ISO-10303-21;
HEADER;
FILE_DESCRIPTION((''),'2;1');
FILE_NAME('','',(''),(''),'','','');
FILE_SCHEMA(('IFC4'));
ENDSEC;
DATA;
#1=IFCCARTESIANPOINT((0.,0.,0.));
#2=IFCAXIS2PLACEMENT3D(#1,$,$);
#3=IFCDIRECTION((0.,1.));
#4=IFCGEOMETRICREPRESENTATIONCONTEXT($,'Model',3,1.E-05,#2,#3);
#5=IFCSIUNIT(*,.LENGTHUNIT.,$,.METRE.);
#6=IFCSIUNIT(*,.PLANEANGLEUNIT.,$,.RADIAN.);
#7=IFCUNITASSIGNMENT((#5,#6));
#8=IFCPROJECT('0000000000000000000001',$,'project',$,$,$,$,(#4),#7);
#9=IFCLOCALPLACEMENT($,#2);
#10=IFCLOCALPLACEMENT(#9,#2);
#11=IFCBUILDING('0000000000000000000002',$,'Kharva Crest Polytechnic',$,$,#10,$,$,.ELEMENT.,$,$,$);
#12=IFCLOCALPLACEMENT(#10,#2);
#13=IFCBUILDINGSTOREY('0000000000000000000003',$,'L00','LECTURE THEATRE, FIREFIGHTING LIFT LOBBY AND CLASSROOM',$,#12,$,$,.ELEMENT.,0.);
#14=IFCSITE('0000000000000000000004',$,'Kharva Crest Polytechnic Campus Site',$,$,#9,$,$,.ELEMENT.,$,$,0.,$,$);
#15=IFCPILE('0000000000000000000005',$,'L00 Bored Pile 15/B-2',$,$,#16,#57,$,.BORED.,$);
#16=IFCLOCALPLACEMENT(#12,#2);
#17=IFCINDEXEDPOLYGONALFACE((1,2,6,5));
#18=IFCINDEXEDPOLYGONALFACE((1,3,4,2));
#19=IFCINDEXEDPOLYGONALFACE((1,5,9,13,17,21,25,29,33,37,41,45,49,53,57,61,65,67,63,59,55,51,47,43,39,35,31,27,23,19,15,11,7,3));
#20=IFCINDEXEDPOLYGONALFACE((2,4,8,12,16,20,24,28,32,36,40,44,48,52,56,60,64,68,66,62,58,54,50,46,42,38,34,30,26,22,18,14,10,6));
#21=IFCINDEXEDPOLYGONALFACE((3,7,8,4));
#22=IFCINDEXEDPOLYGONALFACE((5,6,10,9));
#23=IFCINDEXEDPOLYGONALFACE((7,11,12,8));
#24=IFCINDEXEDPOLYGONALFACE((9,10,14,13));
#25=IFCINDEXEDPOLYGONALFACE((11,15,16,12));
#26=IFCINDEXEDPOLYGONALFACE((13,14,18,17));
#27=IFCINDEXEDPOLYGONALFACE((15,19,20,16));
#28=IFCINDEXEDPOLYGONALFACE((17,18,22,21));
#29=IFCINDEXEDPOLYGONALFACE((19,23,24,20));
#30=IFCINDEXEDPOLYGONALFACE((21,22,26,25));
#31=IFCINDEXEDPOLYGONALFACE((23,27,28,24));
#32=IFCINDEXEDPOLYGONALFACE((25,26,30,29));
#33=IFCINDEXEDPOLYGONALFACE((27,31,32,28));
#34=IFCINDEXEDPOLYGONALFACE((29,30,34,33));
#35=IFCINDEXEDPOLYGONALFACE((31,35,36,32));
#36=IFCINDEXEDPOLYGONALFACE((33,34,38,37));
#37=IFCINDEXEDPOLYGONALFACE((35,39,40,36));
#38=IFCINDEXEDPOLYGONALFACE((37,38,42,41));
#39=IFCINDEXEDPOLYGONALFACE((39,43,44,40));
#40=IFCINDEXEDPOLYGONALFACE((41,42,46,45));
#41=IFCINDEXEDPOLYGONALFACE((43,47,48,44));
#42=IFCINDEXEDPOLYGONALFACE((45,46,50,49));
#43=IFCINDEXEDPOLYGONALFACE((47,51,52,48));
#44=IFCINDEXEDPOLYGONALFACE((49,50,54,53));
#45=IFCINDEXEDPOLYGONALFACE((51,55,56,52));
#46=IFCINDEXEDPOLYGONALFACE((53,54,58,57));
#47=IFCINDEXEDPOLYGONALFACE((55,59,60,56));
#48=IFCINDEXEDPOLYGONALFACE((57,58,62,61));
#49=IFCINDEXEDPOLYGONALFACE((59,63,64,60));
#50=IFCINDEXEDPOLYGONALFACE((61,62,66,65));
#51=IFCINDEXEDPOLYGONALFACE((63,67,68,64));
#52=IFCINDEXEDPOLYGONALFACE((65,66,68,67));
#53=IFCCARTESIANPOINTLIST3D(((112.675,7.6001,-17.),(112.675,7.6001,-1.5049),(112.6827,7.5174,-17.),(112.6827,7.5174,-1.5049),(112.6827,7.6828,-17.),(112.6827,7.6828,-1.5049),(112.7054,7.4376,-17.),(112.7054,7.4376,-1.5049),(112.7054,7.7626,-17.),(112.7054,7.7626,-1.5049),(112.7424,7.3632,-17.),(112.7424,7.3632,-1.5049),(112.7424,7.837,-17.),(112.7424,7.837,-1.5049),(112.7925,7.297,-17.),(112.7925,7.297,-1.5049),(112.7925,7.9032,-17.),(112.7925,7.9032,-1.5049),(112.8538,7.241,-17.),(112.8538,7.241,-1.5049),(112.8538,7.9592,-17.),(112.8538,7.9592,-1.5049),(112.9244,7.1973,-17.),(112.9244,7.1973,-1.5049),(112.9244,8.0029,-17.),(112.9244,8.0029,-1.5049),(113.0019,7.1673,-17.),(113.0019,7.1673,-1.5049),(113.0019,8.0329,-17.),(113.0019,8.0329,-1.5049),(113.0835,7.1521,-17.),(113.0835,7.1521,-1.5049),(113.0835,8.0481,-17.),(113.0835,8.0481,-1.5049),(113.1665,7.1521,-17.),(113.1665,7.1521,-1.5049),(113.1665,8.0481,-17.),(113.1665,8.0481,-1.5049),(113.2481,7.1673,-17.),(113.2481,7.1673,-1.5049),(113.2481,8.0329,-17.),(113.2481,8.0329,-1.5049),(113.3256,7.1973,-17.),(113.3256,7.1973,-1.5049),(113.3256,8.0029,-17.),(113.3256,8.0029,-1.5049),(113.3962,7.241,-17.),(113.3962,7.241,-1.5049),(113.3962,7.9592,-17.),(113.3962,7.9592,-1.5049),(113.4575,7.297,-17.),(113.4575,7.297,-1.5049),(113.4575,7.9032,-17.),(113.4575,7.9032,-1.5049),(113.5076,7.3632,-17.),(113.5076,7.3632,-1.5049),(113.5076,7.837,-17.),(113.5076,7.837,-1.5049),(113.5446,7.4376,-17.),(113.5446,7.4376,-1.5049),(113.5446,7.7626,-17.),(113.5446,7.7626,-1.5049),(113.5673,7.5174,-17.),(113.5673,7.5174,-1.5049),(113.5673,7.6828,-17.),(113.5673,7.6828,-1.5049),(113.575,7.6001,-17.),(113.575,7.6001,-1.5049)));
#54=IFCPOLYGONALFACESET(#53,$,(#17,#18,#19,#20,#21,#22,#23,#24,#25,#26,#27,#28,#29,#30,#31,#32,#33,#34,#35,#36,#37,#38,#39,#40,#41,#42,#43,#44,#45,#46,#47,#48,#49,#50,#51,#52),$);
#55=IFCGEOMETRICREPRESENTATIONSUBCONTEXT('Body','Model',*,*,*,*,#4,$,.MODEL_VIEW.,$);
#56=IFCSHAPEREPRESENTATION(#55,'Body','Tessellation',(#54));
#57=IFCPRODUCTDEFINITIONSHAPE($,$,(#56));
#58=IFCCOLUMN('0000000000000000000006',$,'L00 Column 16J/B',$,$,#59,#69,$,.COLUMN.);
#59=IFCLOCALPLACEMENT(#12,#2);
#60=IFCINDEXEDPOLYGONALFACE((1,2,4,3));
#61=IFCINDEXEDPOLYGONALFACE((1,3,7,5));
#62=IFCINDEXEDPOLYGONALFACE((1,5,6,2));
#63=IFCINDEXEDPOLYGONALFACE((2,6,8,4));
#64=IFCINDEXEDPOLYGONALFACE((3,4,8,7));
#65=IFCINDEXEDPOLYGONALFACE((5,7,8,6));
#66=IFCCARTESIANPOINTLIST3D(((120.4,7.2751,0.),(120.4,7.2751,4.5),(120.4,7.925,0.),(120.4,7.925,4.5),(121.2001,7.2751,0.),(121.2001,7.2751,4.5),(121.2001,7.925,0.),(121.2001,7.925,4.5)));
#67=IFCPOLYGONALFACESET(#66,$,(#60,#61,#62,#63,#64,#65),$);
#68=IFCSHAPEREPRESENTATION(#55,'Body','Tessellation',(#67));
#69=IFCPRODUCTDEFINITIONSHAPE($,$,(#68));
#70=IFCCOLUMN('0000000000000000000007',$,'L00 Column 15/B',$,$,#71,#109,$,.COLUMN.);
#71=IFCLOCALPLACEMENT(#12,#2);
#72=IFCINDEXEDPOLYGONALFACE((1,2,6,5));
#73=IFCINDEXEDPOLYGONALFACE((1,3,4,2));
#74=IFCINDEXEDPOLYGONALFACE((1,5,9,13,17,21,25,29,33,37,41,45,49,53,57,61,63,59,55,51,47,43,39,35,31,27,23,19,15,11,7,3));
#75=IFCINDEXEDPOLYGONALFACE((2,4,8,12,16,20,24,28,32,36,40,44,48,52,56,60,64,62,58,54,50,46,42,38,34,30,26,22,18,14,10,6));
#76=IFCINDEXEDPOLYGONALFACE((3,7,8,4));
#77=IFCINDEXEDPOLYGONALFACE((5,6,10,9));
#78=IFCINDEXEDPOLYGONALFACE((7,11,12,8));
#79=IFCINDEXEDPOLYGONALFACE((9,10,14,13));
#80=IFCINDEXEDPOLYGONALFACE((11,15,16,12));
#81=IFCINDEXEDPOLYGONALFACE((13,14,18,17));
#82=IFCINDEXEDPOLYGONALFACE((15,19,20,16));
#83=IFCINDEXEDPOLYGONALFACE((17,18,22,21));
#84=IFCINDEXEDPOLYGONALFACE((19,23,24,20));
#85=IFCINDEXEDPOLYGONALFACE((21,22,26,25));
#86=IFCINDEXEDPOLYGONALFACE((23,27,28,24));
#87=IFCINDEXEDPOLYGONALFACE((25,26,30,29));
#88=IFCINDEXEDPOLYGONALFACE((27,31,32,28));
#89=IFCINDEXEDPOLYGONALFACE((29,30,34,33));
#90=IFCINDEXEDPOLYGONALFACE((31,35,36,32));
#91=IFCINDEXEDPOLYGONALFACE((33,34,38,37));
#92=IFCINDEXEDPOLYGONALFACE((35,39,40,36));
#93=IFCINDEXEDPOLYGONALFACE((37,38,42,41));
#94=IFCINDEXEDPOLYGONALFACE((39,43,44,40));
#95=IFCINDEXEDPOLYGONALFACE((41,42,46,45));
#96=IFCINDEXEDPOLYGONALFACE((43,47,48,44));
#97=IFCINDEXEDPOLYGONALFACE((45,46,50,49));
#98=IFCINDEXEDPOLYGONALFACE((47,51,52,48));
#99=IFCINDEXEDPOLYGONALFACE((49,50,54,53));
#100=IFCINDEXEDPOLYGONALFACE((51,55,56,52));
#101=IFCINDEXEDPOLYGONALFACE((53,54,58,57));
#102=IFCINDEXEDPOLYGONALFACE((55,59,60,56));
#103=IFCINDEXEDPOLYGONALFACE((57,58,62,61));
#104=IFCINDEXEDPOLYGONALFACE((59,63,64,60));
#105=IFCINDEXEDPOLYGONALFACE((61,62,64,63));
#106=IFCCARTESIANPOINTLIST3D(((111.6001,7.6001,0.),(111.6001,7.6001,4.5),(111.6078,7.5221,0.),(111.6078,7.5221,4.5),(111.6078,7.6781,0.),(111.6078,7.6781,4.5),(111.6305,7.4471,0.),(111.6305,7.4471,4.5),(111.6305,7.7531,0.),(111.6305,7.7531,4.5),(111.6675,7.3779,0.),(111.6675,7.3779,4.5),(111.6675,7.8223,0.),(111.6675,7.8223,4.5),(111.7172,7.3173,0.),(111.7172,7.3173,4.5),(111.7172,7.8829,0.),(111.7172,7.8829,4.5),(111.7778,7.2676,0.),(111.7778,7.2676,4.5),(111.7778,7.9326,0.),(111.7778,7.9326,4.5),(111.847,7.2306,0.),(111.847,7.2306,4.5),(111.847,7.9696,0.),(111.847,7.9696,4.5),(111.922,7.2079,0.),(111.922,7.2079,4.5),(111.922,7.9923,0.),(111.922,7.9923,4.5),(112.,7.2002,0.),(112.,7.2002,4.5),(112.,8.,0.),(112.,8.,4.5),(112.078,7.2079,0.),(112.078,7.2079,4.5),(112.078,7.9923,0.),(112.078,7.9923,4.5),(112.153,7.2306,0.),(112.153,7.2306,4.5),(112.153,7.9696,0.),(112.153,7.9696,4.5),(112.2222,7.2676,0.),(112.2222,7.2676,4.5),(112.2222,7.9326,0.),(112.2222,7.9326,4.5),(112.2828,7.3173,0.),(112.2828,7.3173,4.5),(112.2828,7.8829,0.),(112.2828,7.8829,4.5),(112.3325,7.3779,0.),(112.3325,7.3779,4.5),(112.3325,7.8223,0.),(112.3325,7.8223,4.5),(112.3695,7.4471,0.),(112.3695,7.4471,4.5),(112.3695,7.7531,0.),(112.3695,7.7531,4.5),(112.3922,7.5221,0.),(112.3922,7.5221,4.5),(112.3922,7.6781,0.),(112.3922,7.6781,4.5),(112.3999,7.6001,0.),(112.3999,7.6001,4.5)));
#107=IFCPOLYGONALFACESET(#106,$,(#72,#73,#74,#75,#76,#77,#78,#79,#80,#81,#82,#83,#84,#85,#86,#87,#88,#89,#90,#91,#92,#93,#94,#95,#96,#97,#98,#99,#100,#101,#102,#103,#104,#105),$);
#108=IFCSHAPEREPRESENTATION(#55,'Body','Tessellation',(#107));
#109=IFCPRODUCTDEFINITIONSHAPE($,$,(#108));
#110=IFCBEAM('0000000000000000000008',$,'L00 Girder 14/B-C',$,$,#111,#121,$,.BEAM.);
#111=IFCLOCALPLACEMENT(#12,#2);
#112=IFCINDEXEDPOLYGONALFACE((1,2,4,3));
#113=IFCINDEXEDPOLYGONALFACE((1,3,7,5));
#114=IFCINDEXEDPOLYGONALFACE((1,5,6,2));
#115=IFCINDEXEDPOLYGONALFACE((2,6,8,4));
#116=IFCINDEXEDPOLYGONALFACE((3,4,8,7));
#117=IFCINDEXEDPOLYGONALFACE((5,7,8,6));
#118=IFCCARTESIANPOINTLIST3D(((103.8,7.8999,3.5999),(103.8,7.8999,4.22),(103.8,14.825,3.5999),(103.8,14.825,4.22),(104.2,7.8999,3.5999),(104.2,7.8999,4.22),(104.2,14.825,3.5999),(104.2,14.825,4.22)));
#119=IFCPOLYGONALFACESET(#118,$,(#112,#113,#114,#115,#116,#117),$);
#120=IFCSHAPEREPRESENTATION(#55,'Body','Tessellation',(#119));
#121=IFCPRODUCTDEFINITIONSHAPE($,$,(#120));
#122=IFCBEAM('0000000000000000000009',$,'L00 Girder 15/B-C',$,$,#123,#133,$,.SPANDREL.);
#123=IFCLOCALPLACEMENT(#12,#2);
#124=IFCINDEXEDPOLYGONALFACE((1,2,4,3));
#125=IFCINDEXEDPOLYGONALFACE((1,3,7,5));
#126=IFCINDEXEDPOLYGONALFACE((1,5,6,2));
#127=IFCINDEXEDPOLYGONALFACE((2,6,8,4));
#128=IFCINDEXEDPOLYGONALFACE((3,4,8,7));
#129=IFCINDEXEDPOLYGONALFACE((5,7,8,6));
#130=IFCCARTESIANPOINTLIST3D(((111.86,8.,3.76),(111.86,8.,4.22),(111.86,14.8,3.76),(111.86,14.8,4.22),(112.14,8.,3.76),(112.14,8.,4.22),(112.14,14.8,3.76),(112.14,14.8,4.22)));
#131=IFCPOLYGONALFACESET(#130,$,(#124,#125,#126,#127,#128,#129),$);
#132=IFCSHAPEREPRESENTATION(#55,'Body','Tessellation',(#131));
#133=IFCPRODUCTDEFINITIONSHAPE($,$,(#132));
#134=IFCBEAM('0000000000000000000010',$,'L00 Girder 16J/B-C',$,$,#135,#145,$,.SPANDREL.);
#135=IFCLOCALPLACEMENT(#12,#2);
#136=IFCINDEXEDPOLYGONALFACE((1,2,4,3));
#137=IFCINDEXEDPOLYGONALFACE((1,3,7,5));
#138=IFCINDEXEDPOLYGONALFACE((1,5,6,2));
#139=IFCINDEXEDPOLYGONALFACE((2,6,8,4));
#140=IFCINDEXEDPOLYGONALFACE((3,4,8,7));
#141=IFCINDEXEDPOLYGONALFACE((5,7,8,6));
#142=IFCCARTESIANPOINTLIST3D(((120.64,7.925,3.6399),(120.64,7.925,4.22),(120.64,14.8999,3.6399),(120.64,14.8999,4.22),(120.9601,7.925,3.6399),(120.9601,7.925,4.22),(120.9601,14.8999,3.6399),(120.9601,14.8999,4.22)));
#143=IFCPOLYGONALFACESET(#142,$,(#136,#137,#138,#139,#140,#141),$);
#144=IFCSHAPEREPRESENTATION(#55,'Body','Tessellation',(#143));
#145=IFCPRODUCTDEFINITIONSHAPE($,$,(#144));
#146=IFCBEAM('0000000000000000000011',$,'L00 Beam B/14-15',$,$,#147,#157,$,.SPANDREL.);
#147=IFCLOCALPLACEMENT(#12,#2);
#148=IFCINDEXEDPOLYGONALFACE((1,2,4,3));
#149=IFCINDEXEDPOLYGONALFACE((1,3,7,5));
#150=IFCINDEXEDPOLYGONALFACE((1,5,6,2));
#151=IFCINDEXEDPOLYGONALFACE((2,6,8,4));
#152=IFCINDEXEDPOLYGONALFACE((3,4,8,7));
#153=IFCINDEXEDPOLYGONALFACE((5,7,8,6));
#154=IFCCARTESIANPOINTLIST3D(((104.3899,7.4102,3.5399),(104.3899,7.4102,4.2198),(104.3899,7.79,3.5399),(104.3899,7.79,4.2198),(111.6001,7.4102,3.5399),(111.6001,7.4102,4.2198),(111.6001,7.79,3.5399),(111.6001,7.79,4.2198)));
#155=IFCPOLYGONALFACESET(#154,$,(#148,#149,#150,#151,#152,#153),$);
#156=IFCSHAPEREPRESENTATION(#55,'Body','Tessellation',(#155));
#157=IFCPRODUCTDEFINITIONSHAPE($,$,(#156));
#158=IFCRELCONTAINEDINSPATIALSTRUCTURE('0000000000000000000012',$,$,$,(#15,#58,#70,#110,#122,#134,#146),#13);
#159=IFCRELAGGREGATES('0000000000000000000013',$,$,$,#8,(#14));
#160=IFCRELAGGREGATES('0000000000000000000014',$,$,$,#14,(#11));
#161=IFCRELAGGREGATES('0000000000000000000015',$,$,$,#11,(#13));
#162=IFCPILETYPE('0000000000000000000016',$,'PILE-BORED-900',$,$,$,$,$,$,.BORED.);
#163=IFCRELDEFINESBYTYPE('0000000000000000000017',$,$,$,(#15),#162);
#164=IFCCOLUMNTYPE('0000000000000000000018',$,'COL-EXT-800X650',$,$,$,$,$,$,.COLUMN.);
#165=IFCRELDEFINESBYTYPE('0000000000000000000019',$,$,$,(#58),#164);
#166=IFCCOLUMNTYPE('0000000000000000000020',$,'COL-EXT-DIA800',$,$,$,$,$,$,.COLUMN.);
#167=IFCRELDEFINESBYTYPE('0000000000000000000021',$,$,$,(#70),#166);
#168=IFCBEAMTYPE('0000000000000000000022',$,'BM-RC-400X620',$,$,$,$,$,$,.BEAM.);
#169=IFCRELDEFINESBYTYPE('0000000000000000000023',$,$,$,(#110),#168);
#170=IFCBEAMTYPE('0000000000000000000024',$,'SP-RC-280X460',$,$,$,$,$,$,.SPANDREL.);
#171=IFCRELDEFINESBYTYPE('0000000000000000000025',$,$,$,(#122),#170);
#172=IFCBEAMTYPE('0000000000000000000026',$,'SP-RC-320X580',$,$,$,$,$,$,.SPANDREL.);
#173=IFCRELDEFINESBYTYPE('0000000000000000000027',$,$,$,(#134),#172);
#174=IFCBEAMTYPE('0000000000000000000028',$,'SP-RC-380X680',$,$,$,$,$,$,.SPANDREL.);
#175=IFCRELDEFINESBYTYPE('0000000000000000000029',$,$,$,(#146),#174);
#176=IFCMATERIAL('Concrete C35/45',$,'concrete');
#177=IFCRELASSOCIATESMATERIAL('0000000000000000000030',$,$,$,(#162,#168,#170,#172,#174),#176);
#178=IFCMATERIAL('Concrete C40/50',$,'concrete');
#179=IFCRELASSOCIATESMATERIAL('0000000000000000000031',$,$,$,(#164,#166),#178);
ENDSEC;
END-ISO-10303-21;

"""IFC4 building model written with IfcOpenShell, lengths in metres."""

from ifc_helpers import new_model, si_unit, direction, frame, origin, origin_2d, place, context, subcontext, project, spatial, rectangle, circle, extrude, material, material_profile, profile_set, type_object, element, save


model = new_model("IFC4")

# Units and contexts
model_context = context("Model", 3, precision=1e-05, world=origin(), true_north=direction((0.0, 1.0)))
body_context = subcontext(model_context, "Body", "Model", "MODEL_VIEW")
ifc_project = project(units=[si_unit("LENGTHUNIT", "METRE"), si_unit("PLANEANGLEUNIT", "RADIAN")], contexts=[model_context])

# Site, building, storey
site_placement = place(None, origin())
site = spatial("IfcSite", under=ifc_project, at=site_placement, Name="Kharva Crest Polytechnic Campus Site", CompositionType="ELEMENT", RefElevation=0.0)
building_placement = place(site_placement, origin())
building = spatial("IfcBuilding", under=site, at=building_placement, Name="Kharva Crest Polytechnic", CompositionType="ELEMENT")
storey_placement = place(building_placement, origin())
storey = spatial("IfcBuildingStorey", under=building, at=storey_placement, Name="L00", Description="LECTURE THEATRE, FIREFIGHTING LIFT LOBBY AND CLASSROOM", CompositionType="ELEMENT", Elevation=0.0)

# Shared definitions
ifc_material_1 = material(Name="Concrete C35/45", Category="concrete")

# Pile
ifc_material_profile_1 = material_profile(ifc_material_1, circle(Radius=0.45, at=origin_2d()), Name="DIA 900")
ifc_profile_set_1 = profile_set([ifc_material_profile_1], Name="Concrete C35/45")
pile_type_1 = type_object("IfcPileType", Name="PILE-BORED-900", PredefinedType="BORED", material=ifc_profile_set_1)
for number, where, z_axis, x_axis, name in (
    (1, (113.125, 7.6001, -1.5049), (0.0, 0.0, -1.0), (1.0, 0.0, 0.0), "L00 Bored Pile 15/B-2"),
):
    element("IfcPile", number, at=place(storey_placement, frame(where, z_axis=z_axis, x_axis=x_axis)), inside=storey, type_object=pile_type_1, Name=name, PredefinedType="BORED", context=body_context, shape_type="SweptSolid", body=[
        extrude(circle(Radius=0.45, at=origin_2d()), origin(), (0.0, 0.0, 1.0), 15.4951),
    ])

# Columns
ifc_material_2 = material(Name="Concrete C40/50", Category="concrete")
ifc_material_profile_2 = material_profile(ifc_material_2, rectangle(XDim=0.8, YDim=0.6499, at=origin_2d()), Name="RECT 800 X 650")
ifc_profile_set_2 = profile_set([ifc_material_profile_2], Name="Concrete C40/50")
column_type_1 = type_object("IfcColumnType", Name="COL-EXT-800X650", PredefinedType="COLUMN", material=ifc_profile_set_2)
column_1_placement = place(storey_placement, frame((120.8, 7.6001, 0.0), z_axis=(0.0, 0.0, 1.0), x_axis=(1.0, 0.0, 0.0)))
element("IfcColumn", 2, at=column_1_placement, inside=storey, type_object=column_type_1, Name="L00 Column 16J/B", PredefinedType="COLUMN", context=body_context, shape_type="SweptSolid", body=[
    extrude(rectangle(XDim=0.8, YDim=0.6499, at=origin_2d()), origin(), (0.0, 0.0, 1.0), 4.5),
])
ifc_material_profile_3 = material_profile(ifc_material_2, circle(Radius=0.3999, at=origin_2d()), Name="DIA 800")
ifc_profile_set_3 = profile_set([ifc_material_profile_3], Name="Concrete C40/50")
column_type_2 = type_object("IfcColumnType", Name="COL-EXT-DIA800", PredefinedType="COLUMN", material=ifc_profile_set_3)
column_2_placement = place(storey_placement, frame((112.0, 7.6001, 0.0), z_axis=(0.0, 0.0, 1.0), x_axis=(1.0, 0.0, 0.0)))
element("IfcColumn", 3, at=column_2_placement, inside=storey, type_object=column_type_2, Name="L00 Column 15/B", PredefinedType="COLUMN", context=body_context, shape_type="SweptSolid", body=[
    extrude(circle(Radius=0.3999, at=origin_2d()), origin(), (0.0, 0.0, 1.0), 4.5),
])

# Beams
ifc_material_profile_4 = material_profile(ifc_material_1, rectangle(XDim=0.3999, YDim=0.6201, at=origin_2d()), Name="RECT 400 X 620")
ifc_profile_set_4 = profile_set([ifc_material_profile_4], Name="Concrete C35/45")
beam_type_1 = type_object("IfcBeamType", Name="BM-RC-400X620", PredefinedType="BEAM", material=ifc_profile_set_4)
beam_1_placement = place(storey_placement, frame((104.0, 7.8999, 3.9099), z_axis=(0.0, 1.0, 0.0), x_axis=(-1.0, 0.0, 0.0)))
element("IfcBeam", 4, at=beam_1_placement, inside=storey, type_object=beam_type_1, Name="L00 Girder 14/B-C", PredefinedType="BEAM", context=body_context, shape_type="SweptSolid", body=[
    extrude(rectangle(XDim=0.3999, YDim=0.6201, at=origin_2d()), origin(), (0.0, 0.0, 1.0), 6.925),
])
ifc_material_profile_5 = material_profile(ifc_material_1, rectangle(XDim=0.28, YDim=0.46, at=origin_2d()), Name="RECT 280 X 460")
ifc_profile_set_5 = profile_set([ifc_material_profile_5], Name="Concrete C35/45")
beam_type_2 = type_object("IfcBeamType", Name="SP-RC-280X460", PredefinedType="SPANDREL", material=ifc_profile_set_5)
beam_2_placement = place(storey_placement, frame((112.0, 8.0, 3.99), z_axis=(0.0, 1.0, 0.0), x_axis=(-1.0, 0.0, 0.0)))
element("IfcBeam", 5, at=beam_2_placement, inside=storey, type_object=beam_type_2, Name="L00 Girder 15/B-C", PredefinedType="SPANDREL", context=body_context, shape_type="SweptSolid", body=[
    extrude(rectangle(XDim=0.28, YDim=0.46, at=origin_2d()), origin(), (0.0, 0.0, 1.0), 6.8),
])
ifc_material_profile_6 = material_profile(ifc_material_1, rectangle(XDim=0.3201, YDim=0.5801, at=origin_2d()), Name="RECT 320 X 580")
ifc_profile_set_6 = profile_set([ifc_material_profile_6], Name="Concrete C35/45")
beam_type_3 = type_object("IfcBeamType", Name="SP-RC-320X580", PredefinedType="SPANDREL", material=ifc_profile_set_6)
beam_3_placement = place(storey_placement, frame((120.8, 7.925, 3.9299), z_axis=(0.0, 1.0, 0.0), x_axis=(-1.0, 0.0, 0.0)))
element("IfcBeam", 6, at=beam_3_placement, inside=storey, type_object=beam_type_3, Name="L00 Girder 16J/B-C", PredefinedType="SPANDREL", context=body_context, shape_type="SweptSolid", body=[
    extrude(rectangle(XDim=0.3201, YDim=0.5801, at=origin_2d()), origin(), (0.0, 0.0, 1.0), 6.9749),
])
ifc_material_profile_7 = material_profile(ifc_material_1, rectangle(XDim=0.3799, YDim=0.6799, at=origin_2d()), Name="RECT 380 X 680")
ifc_profile_set_7 = profile_set([ifc_material_profile_7], Name="Concrete C35/45")
beam_type_4 = type_object("IfcBeamType", Name="SP-RC-380X680", PredefinedType="SPANDREL", material=ifc_profile_set_7)
beam_4_placement = place(storey_placement, frame((104.3899, 7.6001, 3.8799), z_axis=(1.0, 0.0, 0.0), x_axis=(0.0, 1.0, 0.0)))
element("IfcBeam", 7, at=beam_4_placement, inside=storey, type_object=beam_type_4, Name="L00 Beam B/14-15", PredefinedType="SPANDREL", context=body_context, shape_type="SweptSolid", body=[
    extrude(rectangle(XDim=0.3799, YDim=0.6799, at=origin_2d()), origin(), (0.0, 0.0, 1.0), 7.2102),
])

save(model, "model.ifc")
